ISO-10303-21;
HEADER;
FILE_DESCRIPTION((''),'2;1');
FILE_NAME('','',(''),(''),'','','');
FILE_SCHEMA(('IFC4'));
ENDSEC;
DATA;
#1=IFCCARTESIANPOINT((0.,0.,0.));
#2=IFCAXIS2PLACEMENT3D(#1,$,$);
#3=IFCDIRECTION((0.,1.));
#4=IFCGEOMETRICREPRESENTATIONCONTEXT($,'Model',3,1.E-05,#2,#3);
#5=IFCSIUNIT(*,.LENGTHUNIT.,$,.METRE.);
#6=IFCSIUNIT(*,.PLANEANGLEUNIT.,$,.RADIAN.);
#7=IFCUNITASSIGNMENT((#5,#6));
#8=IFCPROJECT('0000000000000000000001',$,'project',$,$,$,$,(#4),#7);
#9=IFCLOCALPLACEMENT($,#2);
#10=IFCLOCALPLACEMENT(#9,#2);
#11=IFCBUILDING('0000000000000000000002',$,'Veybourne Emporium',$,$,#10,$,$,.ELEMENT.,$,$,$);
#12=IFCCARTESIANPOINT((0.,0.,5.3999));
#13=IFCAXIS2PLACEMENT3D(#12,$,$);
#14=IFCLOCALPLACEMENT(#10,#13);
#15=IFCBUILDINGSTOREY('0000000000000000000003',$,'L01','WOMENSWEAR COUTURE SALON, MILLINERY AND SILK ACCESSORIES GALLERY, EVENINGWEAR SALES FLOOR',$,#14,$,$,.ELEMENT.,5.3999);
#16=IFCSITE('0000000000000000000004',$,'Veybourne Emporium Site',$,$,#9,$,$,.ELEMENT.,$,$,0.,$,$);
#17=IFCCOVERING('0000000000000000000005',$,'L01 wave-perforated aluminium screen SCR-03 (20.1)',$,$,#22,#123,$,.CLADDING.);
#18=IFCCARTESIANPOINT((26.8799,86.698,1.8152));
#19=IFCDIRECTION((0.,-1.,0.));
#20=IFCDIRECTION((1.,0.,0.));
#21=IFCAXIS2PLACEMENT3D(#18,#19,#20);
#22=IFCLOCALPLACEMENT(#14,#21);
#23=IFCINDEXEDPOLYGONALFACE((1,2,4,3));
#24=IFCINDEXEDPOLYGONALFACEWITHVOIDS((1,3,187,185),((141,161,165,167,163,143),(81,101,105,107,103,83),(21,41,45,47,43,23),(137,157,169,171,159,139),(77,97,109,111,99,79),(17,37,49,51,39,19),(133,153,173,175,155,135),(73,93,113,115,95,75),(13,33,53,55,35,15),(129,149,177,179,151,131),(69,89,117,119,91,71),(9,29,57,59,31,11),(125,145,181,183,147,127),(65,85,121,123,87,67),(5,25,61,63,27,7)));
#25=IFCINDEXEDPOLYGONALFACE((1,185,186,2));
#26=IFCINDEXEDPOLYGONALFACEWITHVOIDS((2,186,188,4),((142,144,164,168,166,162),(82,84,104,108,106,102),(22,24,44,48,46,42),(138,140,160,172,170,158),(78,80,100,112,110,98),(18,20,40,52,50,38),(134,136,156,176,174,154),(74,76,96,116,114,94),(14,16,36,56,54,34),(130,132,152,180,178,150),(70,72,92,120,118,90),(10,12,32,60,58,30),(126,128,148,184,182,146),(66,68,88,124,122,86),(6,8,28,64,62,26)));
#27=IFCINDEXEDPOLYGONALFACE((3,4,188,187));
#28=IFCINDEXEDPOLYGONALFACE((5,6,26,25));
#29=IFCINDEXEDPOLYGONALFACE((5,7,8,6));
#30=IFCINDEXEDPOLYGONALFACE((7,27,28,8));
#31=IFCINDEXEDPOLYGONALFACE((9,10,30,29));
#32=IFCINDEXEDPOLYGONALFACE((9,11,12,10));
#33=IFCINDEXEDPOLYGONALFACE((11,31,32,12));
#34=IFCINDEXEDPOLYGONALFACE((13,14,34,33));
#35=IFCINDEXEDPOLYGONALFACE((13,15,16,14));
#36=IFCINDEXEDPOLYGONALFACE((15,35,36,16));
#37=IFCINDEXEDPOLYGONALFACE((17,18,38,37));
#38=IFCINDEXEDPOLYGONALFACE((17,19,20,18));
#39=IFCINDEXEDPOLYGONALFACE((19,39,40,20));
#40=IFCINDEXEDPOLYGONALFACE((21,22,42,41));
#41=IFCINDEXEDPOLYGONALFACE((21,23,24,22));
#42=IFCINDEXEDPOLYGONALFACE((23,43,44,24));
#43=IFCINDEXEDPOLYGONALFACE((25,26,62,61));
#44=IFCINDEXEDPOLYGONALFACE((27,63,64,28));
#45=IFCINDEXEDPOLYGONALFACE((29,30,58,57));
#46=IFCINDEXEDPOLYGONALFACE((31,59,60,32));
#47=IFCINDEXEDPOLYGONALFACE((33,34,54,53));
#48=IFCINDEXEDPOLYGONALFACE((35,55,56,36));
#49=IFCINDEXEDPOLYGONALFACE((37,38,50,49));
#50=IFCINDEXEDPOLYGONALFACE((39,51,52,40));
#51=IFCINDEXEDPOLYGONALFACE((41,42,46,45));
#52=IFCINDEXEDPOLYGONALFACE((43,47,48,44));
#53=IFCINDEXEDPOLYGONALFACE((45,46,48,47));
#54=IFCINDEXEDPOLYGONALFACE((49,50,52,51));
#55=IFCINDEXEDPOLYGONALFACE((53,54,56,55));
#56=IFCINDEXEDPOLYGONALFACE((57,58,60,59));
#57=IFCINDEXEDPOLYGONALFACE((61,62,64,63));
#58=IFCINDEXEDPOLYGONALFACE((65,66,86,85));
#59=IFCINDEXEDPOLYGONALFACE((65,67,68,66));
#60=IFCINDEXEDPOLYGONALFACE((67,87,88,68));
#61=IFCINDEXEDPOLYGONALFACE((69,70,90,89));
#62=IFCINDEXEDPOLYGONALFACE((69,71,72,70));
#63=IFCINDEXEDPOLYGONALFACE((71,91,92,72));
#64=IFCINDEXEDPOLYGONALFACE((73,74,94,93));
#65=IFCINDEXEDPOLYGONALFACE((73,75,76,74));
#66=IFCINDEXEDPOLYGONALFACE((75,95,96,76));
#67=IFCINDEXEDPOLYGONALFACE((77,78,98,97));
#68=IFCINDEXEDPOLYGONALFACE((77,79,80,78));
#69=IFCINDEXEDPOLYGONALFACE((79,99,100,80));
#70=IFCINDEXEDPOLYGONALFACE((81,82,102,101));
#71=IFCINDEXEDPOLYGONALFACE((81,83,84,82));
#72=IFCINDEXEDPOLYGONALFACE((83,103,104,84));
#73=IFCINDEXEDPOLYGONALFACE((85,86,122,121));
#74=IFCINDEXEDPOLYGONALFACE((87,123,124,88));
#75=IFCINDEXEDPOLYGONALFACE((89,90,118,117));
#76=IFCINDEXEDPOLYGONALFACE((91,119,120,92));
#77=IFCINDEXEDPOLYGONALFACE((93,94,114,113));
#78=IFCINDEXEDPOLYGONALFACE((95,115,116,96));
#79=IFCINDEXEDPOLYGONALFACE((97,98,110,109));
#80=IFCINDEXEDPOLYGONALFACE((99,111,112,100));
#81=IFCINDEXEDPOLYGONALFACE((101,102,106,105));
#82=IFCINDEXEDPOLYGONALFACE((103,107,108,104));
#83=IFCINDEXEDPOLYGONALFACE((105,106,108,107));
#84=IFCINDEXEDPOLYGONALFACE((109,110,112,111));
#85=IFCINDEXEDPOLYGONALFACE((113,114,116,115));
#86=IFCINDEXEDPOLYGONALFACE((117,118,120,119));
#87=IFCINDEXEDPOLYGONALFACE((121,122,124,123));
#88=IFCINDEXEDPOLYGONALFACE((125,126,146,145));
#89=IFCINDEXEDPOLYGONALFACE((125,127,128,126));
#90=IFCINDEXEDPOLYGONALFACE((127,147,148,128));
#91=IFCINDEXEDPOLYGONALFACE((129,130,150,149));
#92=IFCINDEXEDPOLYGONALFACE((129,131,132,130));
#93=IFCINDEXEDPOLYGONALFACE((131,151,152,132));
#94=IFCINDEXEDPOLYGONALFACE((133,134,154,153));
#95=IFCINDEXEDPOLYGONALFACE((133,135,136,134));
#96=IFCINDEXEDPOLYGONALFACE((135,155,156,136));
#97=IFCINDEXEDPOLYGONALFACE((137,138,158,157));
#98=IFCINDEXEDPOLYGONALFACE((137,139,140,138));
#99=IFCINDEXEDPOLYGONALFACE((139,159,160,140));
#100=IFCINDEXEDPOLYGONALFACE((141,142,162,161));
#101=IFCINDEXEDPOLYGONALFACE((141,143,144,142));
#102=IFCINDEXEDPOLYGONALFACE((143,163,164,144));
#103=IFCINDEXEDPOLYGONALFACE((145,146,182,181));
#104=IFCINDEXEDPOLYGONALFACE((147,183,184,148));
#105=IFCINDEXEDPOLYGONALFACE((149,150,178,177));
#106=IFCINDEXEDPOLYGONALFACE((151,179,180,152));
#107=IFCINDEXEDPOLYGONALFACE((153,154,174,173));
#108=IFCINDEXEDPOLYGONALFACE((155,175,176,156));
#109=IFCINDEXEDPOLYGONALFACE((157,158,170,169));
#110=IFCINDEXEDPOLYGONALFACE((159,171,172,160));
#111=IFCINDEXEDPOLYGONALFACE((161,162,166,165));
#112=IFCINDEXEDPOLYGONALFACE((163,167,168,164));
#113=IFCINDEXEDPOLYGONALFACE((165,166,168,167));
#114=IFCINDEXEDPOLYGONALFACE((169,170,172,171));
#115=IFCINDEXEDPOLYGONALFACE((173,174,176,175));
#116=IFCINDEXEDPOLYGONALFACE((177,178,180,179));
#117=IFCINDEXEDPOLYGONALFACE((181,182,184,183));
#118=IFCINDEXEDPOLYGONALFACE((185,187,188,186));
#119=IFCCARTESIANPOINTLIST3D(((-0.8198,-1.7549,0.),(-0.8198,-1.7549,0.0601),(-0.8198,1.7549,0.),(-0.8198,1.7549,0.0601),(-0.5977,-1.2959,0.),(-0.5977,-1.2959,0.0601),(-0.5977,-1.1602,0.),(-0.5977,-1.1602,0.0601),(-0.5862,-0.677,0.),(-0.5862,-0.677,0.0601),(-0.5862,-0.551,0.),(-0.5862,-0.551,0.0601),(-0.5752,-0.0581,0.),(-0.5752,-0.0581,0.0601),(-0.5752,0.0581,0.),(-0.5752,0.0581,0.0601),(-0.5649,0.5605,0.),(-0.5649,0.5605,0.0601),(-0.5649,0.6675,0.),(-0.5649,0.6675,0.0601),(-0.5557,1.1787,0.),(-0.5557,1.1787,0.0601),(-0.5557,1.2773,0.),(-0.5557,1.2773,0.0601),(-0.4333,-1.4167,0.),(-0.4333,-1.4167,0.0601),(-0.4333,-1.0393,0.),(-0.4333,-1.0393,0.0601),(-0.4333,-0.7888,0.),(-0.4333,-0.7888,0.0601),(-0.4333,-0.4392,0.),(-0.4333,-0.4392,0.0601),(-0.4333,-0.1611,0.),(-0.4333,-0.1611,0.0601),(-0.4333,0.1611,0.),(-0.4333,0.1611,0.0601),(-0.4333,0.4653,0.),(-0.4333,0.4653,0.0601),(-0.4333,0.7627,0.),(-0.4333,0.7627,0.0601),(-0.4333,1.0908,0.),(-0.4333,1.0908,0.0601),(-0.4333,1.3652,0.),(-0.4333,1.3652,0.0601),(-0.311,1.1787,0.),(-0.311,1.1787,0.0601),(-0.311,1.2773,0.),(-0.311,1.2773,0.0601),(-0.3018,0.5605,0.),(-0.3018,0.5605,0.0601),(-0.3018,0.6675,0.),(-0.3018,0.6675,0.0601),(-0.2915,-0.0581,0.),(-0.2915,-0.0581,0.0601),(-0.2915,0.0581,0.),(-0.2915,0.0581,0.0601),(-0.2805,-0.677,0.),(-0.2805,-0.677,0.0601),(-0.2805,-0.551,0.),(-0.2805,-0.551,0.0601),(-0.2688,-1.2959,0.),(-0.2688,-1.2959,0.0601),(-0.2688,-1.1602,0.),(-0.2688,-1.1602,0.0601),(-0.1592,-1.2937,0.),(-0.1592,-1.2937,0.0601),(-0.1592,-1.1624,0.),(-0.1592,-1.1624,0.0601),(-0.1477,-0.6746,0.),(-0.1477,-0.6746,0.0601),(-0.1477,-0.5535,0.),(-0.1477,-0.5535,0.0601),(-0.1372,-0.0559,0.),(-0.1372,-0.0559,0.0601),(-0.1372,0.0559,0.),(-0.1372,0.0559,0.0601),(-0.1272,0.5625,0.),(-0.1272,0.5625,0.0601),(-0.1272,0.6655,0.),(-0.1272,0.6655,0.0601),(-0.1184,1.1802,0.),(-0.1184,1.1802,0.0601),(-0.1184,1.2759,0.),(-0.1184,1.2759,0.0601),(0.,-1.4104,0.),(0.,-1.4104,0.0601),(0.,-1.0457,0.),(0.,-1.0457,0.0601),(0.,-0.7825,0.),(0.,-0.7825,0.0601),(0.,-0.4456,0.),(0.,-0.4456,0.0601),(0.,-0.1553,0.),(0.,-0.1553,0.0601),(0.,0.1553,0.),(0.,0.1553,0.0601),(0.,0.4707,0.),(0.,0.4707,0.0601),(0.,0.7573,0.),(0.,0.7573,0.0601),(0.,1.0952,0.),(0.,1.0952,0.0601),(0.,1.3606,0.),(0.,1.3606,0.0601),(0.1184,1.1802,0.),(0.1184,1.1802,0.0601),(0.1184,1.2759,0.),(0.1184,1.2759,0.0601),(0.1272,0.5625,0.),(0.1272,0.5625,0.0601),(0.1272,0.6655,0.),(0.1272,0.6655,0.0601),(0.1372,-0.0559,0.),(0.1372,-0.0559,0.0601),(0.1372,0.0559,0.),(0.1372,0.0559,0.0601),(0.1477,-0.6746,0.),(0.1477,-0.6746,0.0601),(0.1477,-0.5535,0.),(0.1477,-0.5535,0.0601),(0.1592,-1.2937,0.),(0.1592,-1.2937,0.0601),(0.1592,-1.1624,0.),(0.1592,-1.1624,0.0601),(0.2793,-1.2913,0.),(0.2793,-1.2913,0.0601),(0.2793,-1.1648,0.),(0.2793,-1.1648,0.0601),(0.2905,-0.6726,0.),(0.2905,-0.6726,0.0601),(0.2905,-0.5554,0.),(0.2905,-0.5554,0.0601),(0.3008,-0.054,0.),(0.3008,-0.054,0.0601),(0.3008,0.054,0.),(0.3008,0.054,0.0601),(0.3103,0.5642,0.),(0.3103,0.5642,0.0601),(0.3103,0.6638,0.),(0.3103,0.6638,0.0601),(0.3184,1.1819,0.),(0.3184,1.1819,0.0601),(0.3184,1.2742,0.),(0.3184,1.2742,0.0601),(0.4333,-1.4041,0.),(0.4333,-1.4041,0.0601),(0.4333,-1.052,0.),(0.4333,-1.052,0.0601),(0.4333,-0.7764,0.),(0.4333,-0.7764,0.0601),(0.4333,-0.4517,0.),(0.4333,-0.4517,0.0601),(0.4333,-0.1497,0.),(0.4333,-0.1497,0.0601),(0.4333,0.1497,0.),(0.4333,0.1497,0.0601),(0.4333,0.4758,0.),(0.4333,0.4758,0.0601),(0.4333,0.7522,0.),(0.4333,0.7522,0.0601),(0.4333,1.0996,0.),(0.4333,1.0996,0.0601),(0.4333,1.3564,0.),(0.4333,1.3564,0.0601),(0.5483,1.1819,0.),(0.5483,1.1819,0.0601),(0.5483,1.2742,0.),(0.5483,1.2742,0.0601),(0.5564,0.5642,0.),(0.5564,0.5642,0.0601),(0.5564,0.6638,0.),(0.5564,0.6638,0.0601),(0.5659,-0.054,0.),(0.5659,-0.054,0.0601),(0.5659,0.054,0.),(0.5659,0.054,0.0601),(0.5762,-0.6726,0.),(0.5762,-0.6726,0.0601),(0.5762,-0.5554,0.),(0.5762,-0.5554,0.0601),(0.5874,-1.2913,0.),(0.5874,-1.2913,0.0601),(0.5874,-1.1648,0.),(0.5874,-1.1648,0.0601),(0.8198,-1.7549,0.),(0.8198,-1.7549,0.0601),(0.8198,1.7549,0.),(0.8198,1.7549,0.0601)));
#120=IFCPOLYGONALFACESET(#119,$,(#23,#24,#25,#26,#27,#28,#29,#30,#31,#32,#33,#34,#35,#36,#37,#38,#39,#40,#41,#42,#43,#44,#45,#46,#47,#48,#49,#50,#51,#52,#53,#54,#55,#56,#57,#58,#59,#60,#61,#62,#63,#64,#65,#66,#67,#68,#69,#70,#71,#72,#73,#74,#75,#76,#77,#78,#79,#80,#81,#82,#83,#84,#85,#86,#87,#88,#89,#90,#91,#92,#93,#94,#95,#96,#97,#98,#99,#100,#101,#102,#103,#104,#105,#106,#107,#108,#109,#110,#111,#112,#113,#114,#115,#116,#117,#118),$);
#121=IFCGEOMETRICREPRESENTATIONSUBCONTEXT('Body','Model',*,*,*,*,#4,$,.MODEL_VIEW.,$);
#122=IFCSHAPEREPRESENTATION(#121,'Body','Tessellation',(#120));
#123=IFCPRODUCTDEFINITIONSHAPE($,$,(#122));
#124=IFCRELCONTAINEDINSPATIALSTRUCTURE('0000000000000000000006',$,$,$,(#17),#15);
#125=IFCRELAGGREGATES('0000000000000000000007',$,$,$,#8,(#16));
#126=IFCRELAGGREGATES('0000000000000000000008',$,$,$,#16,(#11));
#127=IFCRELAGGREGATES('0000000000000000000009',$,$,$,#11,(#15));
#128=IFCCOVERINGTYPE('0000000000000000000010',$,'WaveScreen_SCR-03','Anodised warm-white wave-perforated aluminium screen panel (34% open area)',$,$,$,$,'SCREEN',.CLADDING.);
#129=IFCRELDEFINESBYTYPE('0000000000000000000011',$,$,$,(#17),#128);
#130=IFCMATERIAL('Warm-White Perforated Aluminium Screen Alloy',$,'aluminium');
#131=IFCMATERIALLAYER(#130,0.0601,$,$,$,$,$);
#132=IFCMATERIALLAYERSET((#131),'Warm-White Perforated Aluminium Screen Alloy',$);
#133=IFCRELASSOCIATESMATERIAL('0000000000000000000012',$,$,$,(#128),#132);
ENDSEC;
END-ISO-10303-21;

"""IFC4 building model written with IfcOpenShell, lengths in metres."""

from ifc_helpers import new_model, si_unit, direction, frame, origin, place, context, subcontext, project, spatial, polyline, outline, extrude, material, layer, layer_set, type_object, element, save


model = new_model("IFC4")

# Units and contexts
model_context = context("Model", 3, precision=1e-05, world=origin(), true_north=direction((0.0, 1.0)))
body_context = subcontext(model_context, "Body", "Model", "MODEL_VIEW")
ifc_project = project(units=[si_unit("LENGTHUNIT", "METRE"), si_unit("PLANEANGLEUNIT", "RADIAN")], contexts=[model_context])

# Site, building, storey
site_placement = place(None, origin())
site = spatial("IfcSite", under=ifc_project, at=site_placement, Name="Veybourne Emporium Site", CompositionType="ELEMENT", RefElevation=0.0)
building_placement = place(site_placement, origin())
building = spatial("IfcBuilding", under=site, at=building_placement, Name="Veybourne Emporium", CompositionType="ELEMENT")
storey_placement = place(building_placement, frame((0.0, 0.0, 5.3999)))
storey = spatial("IfcBuildingStorey", under=building, at=storey_placement, Name="L01", Description="WOMENSWEAR COUTURE SALON, MILLINERY AND SILK ACCESSORIES GALLERY, EVENINGWEAR SALES FLOOR", CompositionType="ELEMENT", Elevation=5.3999)

# Covering
ifc_material_1 = material(Name="Warm-White Perforated Aluminium Screen Alloy", Category="aluminium")
ifc_layer_1 = layer(ifc_material_1, 0.0601)
ifc_layer_set_1 = layer_set([ifc_layer_1], Name="Warm-White Perforated Aluminium Screen Alloy")
covering_type_1 = type_object("IfcCoveringType", Name="WaveScreen_SCR-03", Description="Anodised warm-white wave-perforated aluminium screen panel (34% open area)", ElementType="SCREEN", PredefinedType="CLADDING", material=ifc_layer_set_1)
covering_1_placement = place(storey_placement, frame((26.8799, 86.698, 1.8152), z_axis=(0.0, -1.0, 0.0), x_axis=(1.0, 0.0, 0.0)))
element("IfcCovering", 1, at=covering_1_placement, inside=storey, type_object=covering_type_1, Name="L01 wave-perforated aluminium screen SCR-03 (20.1)", PredefinedType="CLADDING", context=body_context, shape_type="SweptSolid", body=[
    extrude(outline(polyline([(-0.8198, -1.7549), (0.8198, -1.7549), (0.8198, 1.7549), (-0.8198, 1.7549), (-0.8198, -1.7549)]), holes=[polyline([(-0.4333, -1.0393), (-0.2688, -1.1602), (-0.2688, -1.2959), (-0.4333, -1.4167), (-0.5977, -1.2959), (-0.5977, -1.1602), (-0.4333, -1.0393)]), polyline([(-0.4333, -0.4392), (-0.2805, -0.551), (-0.2805, -0.677), (-0.4333, -0.7888), (-0.5862, -0.677), (-0.5862, -0.551), (-0.4333, -0.4392)]), polyline([(-0.4333, 0.1611), (-0.2915, 0.0581), (-0.2915, -0.0581), (-0.4333, -0.1611), (-0.5752, -0.0581), (-0.5752, 0.0581), (-0.4333, 0.1611)]), polyline([(-0.4333, 0.7627), (-0.3018, 0.6675), (-0.3018, 0.5605), (-0.4333, 0.4653), (-0.5649, 0.5605), (-0.5649, 0.6675), (-0.4333, 0.7627)]), polyline([(-0.4333, 1.3652), (-0.311, 1.2773), (-0.311, 1.1787), (-0.4333, 1.0908), (-0.5557, 1.1787), (-0.5557, 1.2773), (-0.4333, 1.3652)]), polyline([(0.0, -1.0457), (0.1592, -1.1624), (0.1592, -1.2937), (0.0, -1.4104), (-0.1592, -1.2937), (-0.1592, -1.1624), (0.0, -1.0457)]), polyline([(0.0, -0.4456), (0.1477, -0.5535), (0.1477, -0.6746), (0.0, -0.7825), (-0.1477, -0.6746), (-0.1477, -0.5535), (0.0, -0.4456)]), polyline([(0.0, 0.1553), (0.1372, 0.0559), (0.1372, -0.0559), (0.0, -0.1553), (-0.1372, -0.0559), (-0.1372, 0.0559), (0.0, 0.1553)]), polyline([(0.0, 0.7573), (0.1272, 0.6655), (0.1272, 0.5625), (0.0, 0.4707), (-0.1272, 0.5625), (-0.1272, 0.6655), (0.0, 0.7573)]), polyline([(0.0, 1.3606), (0.1184, 1.2759), (0.1184, 1.1802), (0.0, 1.0952), (-0.1184, 1.1802), (-0.1184, 1.2759), (0.0, 1.3606)]), polyline([(0.4333, -1.052), (0.5874, -1.1648), (0.5874, -1.2913), (0.4333, -1.4041), (0.2793, -1.2913), (0.2793, -1.1648), (0.4333, -1.052)]), polyline([(0.4333, -0.4517), (0.5762, -0.5554), (0.5762, -0.6726), (0.4333, -0.7764), (0.2905, -0.6726), (0.2905, -0.5554), (0.4333, -0.4517)]), polyline([(0.4333, 0.1497), (0.5659, 0.054), (0.5659, -0.054), (0.4333, -0.1497), (0.3008, -0.054), (0.3008, 0.054), (0.4333, 0.1497)]), polyline([(0.4333, 0.7522), (0.5564, 0.6638), (0.5564, 0.5642), (0.4333, 0.4758), (0.3103, 0.5642), (0.3103, 0.6638), (0.4333, 0.7522)]), polyline([(0.4333, 1.3564), (0.5483, 1.2742), (0.5483, 1.1819), (0.4333, 1.0996), (0.3184, 1.1819), (0.3184, 1.2742), (0.4333, 1.3564)])]), origin(), (0.0, 0.0, 1.0), 0.0601),
])

save(model, "model.ifc")
